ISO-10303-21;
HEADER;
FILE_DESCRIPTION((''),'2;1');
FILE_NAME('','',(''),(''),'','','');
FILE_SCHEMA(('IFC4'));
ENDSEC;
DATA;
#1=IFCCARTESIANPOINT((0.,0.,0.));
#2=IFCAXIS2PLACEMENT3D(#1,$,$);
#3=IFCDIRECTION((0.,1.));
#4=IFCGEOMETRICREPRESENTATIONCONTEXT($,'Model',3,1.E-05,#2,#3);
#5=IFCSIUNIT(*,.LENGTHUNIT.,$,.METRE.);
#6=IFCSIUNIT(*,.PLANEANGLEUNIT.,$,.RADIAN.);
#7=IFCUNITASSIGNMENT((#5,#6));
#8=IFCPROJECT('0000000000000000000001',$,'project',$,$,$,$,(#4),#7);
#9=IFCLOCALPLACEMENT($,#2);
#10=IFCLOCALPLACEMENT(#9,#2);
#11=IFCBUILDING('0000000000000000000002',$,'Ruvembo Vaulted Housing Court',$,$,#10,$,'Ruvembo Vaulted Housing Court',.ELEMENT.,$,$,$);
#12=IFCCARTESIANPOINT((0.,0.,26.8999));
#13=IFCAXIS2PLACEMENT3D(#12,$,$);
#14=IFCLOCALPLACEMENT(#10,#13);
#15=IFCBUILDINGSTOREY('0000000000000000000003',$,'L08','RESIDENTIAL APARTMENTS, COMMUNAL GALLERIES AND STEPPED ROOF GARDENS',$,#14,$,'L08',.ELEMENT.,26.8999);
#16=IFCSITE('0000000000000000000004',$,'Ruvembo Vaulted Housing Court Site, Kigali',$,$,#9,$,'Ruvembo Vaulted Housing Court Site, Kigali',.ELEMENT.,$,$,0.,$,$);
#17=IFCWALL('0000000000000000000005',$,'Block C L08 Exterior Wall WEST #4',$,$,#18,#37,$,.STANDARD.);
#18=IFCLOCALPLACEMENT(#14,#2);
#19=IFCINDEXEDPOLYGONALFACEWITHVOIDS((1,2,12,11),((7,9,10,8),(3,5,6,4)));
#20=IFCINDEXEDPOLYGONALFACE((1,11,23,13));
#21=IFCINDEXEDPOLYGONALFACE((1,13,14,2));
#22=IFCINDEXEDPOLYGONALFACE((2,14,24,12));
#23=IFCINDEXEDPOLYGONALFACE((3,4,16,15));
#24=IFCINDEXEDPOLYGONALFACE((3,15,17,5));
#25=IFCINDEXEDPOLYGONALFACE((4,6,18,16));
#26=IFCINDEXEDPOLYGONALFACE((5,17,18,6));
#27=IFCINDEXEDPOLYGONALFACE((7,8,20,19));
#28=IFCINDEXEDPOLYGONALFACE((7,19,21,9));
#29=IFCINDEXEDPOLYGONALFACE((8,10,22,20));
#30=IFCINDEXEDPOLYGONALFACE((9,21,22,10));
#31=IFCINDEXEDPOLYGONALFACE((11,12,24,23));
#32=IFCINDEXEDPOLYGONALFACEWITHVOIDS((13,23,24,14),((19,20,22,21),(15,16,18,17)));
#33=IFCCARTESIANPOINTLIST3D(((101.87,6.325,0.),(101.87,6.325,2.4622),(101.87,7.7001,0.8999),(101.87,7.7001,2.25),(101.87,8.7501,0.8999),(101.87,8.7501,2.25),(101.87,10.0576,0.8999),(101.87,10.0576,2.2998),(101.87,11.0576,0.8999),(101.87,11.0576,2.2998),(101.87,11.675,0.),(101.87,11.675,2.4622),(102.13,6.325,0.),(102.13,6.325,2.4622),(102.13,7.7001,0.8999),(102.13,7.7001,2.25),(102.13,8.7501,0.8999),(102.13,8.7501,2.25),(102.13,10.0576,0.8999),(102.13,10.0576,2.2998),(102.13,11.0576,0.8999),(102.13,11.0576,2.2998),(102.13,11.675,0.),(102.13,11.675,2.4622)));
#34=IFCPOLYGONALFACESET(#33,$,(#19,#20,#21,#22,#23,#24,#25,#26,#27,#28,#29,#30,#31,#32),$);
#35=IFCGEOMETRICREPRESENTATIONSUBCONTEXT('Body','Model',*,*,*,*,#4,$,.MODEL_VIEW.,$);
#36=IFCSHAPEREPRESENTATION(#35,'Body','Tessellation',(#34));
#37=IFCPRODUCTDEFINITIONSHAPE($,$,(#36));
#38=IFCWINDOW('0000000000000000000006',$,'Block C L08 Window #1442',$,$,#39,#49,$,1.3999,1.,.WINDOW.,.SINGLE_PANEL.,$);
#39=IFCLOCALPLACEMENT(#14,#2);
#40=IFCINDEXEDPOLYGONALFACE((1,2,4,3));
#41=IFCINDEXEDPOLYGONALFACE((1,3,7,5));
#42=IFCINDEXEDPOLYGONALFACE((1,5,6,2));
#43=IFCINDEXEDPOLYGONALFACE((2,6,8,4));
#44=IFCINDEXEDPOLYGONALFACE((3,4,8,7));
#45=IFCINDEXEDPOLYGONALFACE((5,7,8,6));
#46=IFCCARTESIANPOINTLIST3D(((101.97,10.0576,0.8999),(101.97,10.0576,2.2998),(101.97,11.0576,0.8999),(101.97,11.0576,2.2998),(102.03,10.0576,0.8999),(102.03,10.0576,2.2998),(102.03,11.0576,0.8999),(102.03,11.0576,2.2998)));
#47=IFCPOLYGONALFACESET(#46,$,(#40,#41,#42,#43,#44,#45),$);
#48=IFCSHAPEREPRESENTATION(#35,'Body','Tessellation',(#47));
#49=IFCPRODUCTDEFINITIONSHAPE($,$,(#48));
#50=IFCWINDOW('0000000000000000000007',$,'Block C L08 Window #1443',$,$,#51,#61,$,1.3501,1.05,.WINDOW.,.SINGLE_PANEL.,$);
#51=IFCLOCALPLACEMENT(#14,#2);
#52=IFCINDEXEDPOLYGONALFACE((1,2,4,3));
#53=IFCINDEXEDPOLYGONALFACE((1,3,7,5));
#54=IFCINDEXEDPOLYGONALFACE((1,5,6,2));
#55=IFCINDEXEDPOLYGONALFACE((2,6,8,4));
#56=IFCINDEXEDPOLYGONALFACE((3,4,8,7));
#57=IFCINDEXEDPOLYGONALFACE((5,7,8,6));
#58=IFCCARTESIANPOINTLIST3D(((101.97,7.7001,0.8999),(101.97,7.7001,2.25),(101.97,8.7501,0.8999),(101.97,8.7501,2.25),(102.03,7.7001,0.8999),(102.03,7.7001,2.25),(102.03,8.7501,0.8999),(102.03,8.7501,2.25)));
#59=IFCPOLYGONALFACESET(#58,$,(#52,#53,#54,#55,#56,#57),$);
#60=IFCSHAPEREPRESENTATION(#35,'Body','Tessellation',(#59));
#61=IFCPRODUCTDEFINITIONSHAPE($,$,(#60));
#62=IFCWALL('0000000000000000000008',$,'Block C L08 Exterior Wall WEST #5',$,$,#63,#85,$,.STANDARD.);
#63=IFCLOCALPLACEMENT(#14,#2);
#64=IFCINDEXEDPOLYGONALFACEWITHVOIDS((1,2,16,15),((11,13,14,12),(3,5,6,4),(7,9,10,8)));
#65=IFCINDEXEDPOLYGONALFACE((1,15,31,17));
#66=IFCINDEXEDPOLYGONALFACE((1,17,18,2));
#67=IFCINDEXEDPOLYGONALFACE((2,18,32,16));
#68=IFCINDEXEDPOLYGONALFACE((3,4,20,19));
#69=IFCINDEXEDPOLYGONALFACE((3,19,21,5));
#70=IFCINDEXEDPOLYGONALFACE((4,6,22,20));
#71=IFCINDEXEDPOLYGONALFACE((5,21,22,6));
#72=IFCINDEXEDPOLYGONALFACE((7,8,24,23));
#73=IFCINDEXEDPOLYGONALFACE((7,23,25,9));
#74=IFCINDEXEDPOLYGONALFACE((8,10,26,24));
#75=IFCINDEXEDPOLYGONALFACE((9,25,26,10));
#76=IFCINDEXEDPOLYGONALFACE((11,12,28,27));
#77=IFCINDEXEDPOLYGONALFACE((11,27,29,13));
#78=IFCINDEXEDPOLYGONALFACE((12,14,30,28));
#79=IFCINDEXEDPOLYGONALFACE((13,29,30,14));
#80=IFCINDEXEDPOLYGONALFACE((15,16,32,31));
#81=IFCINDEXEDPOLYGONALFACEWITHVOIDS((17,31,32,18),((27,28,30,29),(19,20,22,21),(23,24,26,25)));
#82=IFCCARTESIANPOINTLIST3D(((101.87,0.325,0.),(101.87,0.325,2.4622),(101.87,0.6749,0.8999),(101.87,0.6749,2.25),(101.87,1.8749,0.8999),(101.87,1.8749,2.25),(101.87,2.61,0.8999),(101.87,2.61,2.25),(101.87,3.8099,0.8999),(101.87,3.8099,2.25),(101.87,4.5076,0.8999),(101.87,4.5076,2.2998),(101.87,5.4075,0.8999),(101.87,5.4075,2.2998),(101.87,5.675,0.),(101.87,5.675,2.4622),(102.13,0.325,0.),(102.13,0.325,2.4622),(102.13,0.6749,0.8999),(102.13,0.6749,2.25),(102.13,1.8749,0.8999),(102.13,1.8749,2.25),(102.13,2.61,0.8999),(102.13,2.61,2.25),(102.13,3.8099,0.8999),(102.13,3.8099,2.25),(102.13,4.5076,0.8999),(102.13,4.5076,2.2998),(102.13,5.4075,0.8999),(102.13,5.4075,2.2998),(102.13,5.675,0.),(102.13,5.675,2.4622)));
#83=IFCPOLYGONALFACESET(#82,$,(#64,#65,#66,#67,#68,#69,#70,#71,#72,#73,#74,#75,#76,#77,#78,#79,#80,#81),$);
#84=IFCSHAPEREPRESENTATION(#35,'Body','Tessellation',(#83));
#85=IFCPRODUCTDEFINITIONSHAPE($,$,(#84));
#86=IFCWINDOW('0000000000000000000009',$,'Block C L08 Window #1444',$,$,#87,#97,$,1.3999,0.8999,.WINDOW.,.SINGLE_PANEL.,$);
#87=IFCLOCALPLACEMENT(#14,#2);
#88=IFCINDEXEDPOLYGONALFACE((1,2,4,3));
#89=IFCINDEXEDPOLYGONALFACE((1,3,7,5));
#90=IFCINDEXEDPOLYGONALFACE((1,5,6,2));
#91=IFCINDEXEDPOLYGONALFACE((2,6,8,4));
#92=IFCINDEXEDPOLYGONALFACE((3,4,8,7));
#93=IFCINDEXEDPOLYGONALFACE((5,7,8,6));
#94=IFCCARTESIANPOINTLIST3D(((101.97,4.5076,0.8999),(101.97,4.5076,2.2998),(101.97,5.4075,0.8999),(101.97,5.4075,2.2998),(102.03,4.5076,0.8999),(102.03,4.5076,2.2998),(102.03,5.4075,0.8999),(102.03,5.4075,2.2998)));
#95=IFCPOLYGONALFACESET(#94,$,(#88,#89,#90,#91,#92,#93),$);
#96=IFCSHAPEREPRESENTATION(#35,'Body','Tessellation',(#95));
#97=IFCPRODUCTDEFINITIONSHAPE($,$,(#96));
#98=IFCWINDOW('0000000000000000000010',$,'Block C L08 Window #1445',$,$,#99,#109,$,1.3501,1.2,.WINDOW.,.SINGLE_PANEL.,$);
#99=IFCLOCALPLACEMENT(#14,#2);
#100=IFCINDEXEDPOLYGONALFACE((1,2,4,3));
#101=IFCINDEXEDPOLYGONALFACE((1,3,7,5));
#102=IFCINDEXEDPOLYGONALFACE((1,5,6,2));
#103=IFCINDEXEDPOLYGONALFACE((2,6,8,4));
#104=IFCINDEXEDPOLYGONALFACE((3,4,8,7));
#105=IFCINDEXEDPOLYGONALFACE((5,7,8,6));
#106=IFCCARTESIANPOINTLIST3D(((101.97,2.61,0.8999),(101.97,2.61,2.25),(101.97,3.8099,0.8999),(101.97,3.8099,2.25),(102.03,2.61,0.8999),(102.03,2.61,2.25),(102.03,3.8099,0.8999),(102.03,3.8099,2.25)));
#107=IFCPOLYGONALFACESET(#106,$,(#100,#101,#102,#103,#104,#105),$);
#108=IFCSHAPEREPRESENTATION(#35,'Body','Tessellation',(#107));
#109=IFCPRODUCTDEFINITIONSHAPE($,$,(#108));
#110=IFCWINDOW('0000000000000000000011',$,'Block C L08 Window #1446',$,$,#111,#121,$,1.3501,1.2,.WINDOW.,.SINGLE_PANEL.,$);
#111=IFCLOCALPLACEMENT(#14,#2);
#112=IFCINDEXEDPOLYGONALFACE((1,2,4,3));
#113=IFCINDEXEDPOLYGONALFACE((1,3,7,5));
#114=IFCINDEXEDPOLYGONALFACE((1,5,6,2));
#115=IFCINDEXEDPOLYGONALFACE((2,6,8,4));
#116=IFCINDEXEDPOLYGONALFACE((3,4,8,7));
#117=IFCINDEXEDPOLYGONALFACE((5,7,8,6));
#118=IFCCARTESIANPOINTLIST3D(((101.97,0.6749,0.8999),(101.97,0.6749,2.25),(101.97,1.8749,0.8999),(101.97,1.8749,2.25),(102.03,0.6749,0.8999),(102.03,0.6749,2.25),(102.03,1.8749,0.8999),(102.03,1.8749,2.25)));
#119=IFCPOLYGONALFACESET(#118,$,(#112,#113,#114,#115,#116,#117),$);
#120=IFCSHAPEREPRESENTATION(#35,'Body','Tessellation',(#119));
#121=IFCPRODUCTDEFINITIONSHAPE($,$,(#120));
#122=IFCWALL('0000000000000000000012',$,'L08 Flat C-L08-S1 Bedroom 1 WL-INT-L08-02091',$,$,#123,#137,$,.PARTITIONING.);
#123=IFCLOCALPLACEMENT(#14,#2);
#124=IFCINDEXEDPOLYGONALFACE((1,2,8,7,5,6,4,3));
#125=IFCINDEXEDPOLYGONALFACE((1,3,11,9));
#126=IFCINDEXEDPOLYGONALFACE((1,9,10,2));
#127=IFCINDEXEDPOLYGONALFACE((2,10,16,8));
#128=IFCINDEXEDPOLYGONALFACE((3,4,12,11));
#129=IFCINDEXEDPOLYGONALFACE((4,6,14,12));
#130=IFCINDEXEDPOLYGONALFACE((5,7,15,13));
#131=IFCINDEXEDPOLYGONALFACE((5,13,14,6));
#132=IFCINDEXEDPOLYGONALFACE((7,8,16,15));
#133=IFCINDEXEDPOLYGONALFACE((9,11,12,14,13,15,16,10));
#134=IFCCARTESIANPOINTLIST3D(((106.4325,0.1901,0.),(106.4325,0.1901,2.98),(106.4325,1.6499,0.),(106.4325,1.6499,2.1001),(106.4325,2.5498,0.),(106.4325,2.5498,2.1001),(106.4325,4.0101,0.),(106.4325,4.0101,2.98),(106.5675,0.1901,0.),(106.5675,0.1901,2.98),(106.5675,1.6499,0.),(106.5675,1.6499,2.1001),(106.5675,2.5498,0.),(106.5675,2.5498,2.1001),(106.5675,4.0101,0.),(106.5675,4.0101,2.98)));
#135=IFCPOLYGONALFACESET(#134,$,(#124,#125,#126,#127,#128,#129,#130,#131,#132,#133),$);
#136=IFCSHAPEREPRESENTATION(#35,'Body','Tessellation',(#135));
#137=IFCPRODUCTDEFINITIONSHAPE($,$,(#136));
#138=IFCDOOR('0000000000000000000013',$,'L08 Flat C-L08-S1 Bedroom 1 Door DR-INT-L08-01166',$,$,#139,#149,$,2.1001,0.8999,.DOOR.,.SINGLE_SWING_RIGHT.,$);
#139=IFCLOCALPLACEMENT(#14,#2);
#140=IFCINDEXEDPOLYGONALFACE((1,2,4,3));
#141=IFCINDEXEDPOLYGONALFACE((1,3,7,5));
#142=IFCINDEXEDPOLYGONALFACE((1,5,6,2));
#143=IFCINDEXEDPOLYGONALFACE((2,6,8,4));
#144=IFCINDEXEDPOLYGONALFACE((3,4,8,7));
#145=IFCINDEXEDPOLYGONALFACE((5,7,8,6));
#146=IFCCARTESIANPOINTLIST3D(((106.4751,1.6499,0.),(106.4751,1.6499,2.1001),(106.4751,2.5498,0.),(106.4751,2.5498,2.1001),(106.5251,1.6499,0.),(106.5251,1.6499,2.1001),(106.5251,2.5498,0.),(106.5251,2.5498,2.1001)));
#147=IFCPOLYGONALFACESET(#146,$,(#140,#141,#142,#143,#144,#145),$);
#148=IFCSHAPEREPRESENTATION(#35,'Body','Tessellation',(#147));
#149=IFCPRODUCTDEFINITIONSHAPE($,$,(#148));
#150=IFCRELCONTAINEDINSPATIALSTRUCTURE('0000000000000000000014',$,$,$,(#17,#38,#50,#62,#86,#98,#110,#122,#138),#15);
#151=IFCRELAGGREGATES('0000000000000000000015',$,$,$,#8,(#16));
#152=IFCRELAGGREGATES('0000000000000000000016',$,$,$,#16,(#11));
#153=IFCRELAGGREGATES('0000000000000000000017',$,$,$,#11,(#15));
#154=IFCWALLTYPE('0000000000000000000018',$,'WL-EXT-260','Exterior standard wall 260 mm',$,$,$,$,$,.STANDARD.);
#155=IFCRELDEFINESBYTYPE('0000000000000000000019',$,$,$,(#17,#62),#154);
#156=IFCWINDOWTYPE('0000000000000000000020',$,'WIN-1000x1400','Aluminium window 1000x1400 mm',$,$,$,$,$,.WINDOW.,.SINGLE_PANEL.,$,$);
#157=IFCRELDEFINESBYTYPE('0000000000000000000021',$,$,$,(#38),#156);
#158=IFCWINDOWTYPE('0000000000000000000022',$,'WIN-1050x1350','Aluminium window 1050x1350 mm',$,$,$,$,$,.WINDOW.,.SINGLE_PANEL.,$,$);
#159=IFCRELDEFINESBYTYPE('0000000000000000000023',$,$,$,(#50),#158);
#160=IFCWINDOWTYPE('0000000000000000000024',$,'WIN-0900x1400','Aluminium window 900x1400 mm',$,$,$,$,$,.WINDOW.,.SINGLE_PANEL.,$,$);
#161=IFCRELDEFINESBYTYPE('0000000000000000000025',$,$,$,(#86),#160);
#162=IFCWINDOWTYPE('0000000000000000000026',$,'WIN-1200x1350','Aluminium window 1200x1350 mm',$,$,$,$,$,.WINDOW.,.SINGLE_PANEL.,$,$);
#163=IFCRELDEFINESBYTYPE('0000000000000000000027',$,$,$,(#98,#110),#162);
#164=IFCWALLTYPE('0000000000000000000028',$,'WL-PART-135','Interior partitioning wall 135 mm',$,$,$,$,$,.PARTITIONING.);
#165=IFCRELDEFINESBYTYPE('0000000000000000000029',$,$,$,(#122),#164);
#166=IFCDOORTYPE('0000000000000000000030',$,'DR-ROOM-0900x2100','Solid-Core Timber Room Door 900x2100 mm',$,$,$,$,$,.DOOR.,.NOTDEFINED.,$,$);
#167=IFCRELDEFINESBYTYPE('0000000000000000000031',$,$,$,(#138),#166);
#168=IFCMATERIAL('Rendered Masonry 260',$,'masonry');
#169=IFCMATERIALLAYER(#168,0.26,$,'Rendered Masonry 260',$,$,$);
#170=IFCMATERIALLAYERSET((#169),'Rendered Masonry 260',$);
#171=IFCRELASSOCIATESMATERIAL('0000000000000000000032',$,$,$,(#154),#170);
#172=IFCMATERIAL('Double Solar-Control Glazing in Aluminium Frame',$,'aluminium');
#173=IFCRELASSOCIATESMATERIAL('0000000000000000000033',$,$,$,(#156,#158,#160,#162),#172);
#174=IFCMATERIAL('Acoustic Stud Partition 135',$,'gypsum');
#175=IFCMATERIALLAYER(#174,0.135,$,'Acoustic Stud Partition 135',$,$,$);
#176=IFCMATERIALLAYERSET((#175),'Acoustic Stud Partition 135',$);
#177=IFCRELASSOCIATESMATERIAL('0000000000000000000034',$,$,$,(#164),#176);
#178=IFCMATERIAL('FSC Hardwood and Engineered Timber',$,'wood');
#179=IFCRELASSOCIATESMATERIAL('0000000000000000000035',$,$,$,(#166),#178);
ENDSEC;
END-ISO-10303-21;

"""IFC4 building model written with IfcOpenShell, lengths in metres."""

from ifc_helpers import new_model, si_unit, direction, frame, frame_2d, origin, place, context, subcontext, project, spatial, rectangle, extrude, material, layer, layer_set, type_object, element, fill, save


model = new_model("IFC4")

# Units and contexts
model_context = context("Model", 3, precision=1e-05, world=origin(), true_north=direction((0.0, 1.0)))
body_context = subcontext(model_context, "Body", "Model", "MODEL_VIEW")
ifc_project = project(units=[si_unit("LENGTHUNIT", "METRE"), si_unit("PLANEANGLEUNIT", "RADIAN")], contexts=[model_context])

# Site, building, storey
site_placement = place(None, origin())
site = spatial("IfcSite", under=ifc_project, at=site_placement, Name="Ruvembo Vaulted Housing Court Site, Kigali", LongName="Ruvembo Vaulted Housing Court Site, Kigali", CompositionType="ELEMENT", RefElevation=0.0)
building_placement = place(site_placement, origin())
building = spatial("IfcBuilding", under=site, at=building_placement, Name="Ruvembo Vaulted Housing Court", LongName="Ruvembo Vaulted Housing Court", CompositionType="ELEMENT")
storey_placement = place(building_placement, frame((0.0, 0.0, 26.8999)))
storey = spatial("IfcBuildingStorey", under=building, at=storey_placement, Name="L08", Description="RESIDENTIAL APARTMENTS, COMMUNAL GALLERIES AND STEPPED ROOF GARDENS", LongName="L08", CompositionType="ELEMENT", Elevation=26.8999)

# Shared definitions
ifc_material_1 = material(Name="FSC Hardwood and Engineered Timber", Category="wood")

# Walls, openings, windows
ifc_material_2 = material(Name="Rendered Masonry 260", Category="masonry")
ifc_layer_1 = layer(ifc_material_2, 0.26, Name="Rendered Masonry 260")
ifc_layer_set_1 = layer_set([ifc_layer_1], Name="Rendered Masonry 260")
wall_type_1 = type_object("IfcWallType", Name="WL-EXT-260", Description="Exterior standard wall 260 mm", PredefinedType="STANDARD", material=ifc_layer_set_1)
ifc_material_3 = material(Name="Double Solar-Control Glazing in Aluminium Frame", Category="aluminium")
window_type_1 = type_object("IfcWindowType", Name="WIN-1000x1400", Description="Aluminium window 1000x1400 mm", PartitioningType="SINGLE_PANEL", PredefinedType="WINDOW", material=ifc_material_3)
wall_1_placement = place(storey_placement, frame((102.0, 11.675, 0.0), z_axis=(0.0, 0.0, 1.0), x_axis=(0.0, -1.0, 0.0)))
wall_1 = element("IfcWall", 1, at=wall_1_placement, inside=storey, type_object=wall_type_1, Name="Block C L08 Exterior Wall WEST #4", PredefinedType="STANDARD", context=body_context, shape_type="SweptSolid", body=[
    extrude(rectangle(XDim=5.3501, YDim=0.26, at=frame_2d((2.675, 0.0))), origin(), (0.0, 0.0, 1.0), 2.4622),
])
opening_1_placement = place(wall_1_placement, frame((0.6174, 0.0, 0.8999)))
opening_1 = element("IfcOpeningElement", 2, at=opening_1_placement, cuts=wall_1, PredefinedType="OPENING", context=body_context, shape_type="SweptSolid", body=[
    extrude(rectangle(XDim=1.0, YDim=1.3999, at=frame_2d((0.5, 0.7))), frame((0.0, 0.1399, 0.0), z_axis=(0.0, -1.0, 0.0), x_axis=(1.0, 0.0, 0.0)), (0.0, 0.0, 1.0), 0.28),
])
opening_2_placement = place(wall_1_placement, frame((2.925, 0.0, 0.8999)))
opening_2 = element("IfcOpeningElement", 3, at=opening_2_placement, cuts=wall_1, PredefinedType="OPENING", context=body_context, shape_type="SweptSolid", body=[
    extrude(rectangle(XDim=1.05, YDim=1.3501, at=frame_2d((0.5249, 0.675))), frame((0.0, 0.1399, 0.0), z_axis=(0.0, -1.0, 0.0), x_axis=(1.0, 0.0, 0.0)), (0.0, 0.0, 1.0), 0.28),
])
window_1_placement = place(opening_1_placement, origin())
window_1 = element("IfcWindow", 4, at=window_1_placement, inside=storey, type_object=window_type_1, Name="Block C L08 Window #1442", OverallHeight=1.3999, OverallWidth=1.0, PartitioningType="SINGLE_PANEL", PredefinedType="WINDOW", context=body_context, shape_type="SweptSolid", body=[
    extrude(rectangle(XDim=1.0, YDim=1.3999, at=frame_2d((0.5, 0.7))), frame((0.0, 0.03, 0.0), z_axis=(0.0, -1.0, 0.0), x_axis=(1.0, 0.0, 0.0)), (0.0, 0.0, 1.0), 0.0601),
])
fill(opening_1, window_1)
window_type_2 = type_object("IfcWindowType", Name="WIN-1050x1350", Description="Aluminium window 1050x1350 mm", PartitioningType="SINGLE_PANEL", PredefinedType="WINDOW", material=ifc_material_3)
window_2_placement = place(opening_2_placement, origin())
window_2 = element("IfcWindow", 5, at=window_2_placement, inside=storey, type_object=window_type_2, Name="Block C L08 Window #1443", OverallHeight=1.3501, OverallWidth=1.05, PartitioningType="SINGLE_PANEL", PredefinedType="WINDOW", context=body_context, shape_type="SweptSolid", body=[
    extrude(rectangle(XDim=1.05, YDim=1.3501, at=frame_2d((0.5249, 0.675))), frame((0.0, 0.03, 0.0), z_axis=(0.0, -1.0, 0.0), x_axis=(1.0, 0.0, 0.0)), (0.0, 0.0, 1.0), 0.0601),
])
fill(opening_2, window_2)
wall_2_placement = place(storey_placement, frame((102.0, 5.675, 0.0), z_axis=(0.0, 0.0, 1.0), x_axis=(0.0, -1.0, 0.0)))
wall_2 = element("IfcWall", 6, at=wall_2_placement, inside=storey, type_object=wall_type_1, Name="Block C L08 Exterior Wall WEST #5", PredefinedType="STANDARD", context=body_context, shape_type="SweptSolid", body=[
    extrude(rectangle(XDim=5.3501, YDim=0.26, at=frame_2d((2.675, 0.0))), origin(), (0.0, 0.0, 1.0), 2.4622),
])
opening_3_placement = place(wall_2_placement, frame((0.2676, 0.0, 0.8999)))
opening_3 = element("IfcOpeningElement", 7, at=opening_3_placement, cuts=wall_2, PredefinedType="OPENING", context=body_context, shape_type="SweptSolid", body=[
    extrude(rectangle(XDim=0.8999, YDim=1.3999, at=frame_2d((0.45, 0.7))), frame((0.0, 0.1399, 0.0), z_axis=(0.0, -1.0, 0.0), x_axis=(1.0, 0.0, 0.0)), (0.0, 0.0, 1.0), 0.28),
])
opening_4_placement = place(wall_2_placement, frame((1.865, 0.0, 0.8999)))
opening_4 = element("IfcOpeningElement", 8, at=opening_4_placement, cuts=wall_2, PredefinedType="OPENING", context=body_context, shape_type="SweptSolid", body=[
    extrude(rectangle(XDim=1.2, YDim=1.3501, at=frame_2d((0.6001, 0.675))), frame((0.0, 0.1399, 0.0), z_axis=(0.0, -1.0, 0.0), x_axis=(1.0, 0.0, 0.0)), (0.0, 0.0, 1.0), 0.28),
])
opening_5_placement = place(wall_2_placement, frame((3.8, 0.0, 0.8999)))
opening_5 = element("IfcOpeningElement", 9, at=opening_5_placement, cuts=wall_2, PredefinedType="OPENING", context=body_context, shape_type="SweptSolid", body=[
    extrude(rectangle(XDim=1.2, YDim=1.3501, at=frame_2d((0.6001, 0.675))), frame((0.0, 0.1399, 0.0), z_axis=(0.0, -1.0, 0.0), x_axis=(1.0, 0.0, 0.0)), (0.0, 0.0, 1.0), 0.28),
])
window_type_3 = type_object("IfcWindowType", Name="WIN-0900x1400", Description="Aluminium window 900x1400 mm", PartitioningType="SINGLE_PANEL", PredefinedType="WINDOW", material=ifc_material_3)
window_3_placement = place(opening_3_placement, origin())
window_3 = element("IfcWindow", 10, at=window_3_placement, inside=storey, type_object=window_type_3, Name="Block C L08 Window #1444", OverallHeight=1.3999, OverallWidth=0.8999, PartitioningType="SINGLE_PANEL", PredefinedType="WINDOW", context=body_context, shape_type="SweptSolid", body=[
    extrude(rectangle(XDim=0.8999, YDim=1.3999, at=frame_2d((0.45, 0.7))), frame((0.0, 0.03, 0.0), z_axis=(0.0, -1.0, 0.0), x_axis=(1.0, 0.0, 0.0)), (0.0, 0.0, 1.0), 0.0601),
])
fill(opening_3, window_3)
window_type_4 = type_object("IfcWindowType", Name="WIN-1200x1350", Description="Aluminium window 1200x1350 mm", PartitioningType="SINGLE_PANEL", PredefinedType="WINDOW", material=ifc_material_3)
window_4_placement = place(opening_4_placement, origin())
window_4 = element("IfcWindow", 11, at=window_4_placement, inside=storey, type_object=window_type_4, Name="Block C L08 Window #1445", OverallHeight=1.3501, OverallWidth=1.2, PartitioningType="SINGLE_PANEL", PredefinedType="WINDOW", context=body_context, shape_type="SweptSolid", body=[
    extrude(rectangle(XDim=1.2, YDim=1.3501, at=frame_2d((0.6001, 0.675))), frame((0.0, 0.03, 0.0), z_axis=(0.0, -1.0, 0.0), x_axis=(1.0, 0.0, 0.0)), (0.0, 0.0, 1.0), 0.0601),
])
fill(opening_4, window_4)
window_5_placement = place(opening_5_placement, origin())
window_5 = element("IfcWindow", 12, at=window_5_placement, inside=storey, type_object=window_type_4, Name="Block C L08 Window #1446", OverallHeight=1.3501, OverallWidth=1.2, PartitioningType="SINGLE_PANEL", PredefinedType="WINDOW", context=body_context, shape_type="SweptSolid", body=[
    extrude(rectangle(XDim=1.2, YDim=1.3501, at=frame_2d((0.6001, 0.675))), frame((0.0, 0.03, 0.0), z_axis=(0.0, -1.0, 0.0), x_axis=(1.0, 0.0, 0.0)), (0.0, 0.0, 1.0), 0.0601),
])
fill(opening_5, window_5)

# Wall, opening, door
ifc_material_4 = material(Name="Acoustic Stud Partition 135", Category="gypsum")
ifc_layer_2 = layer(ifc_material_4, 0.135, Name="Acoustic Stud Partition 135")
ifc_layer_set_2 = layer_set([ifc_layer_2], Name="Acoustic Stud Partition 135")
wall_type_2 = type_object("IfcWallType", Name="WL-PART-135", Description="Interior partitioning wall 135 mm", PredefinedType="PARTITIONING", material=ifc_layer_set_2)
wall_3_placement = place(storey_placement, frame((106.5, 0.1899, 0.0), z_axis=(0.0, 0.0, 1.0), x_axis=(0.0, 1.0, 0.0)))
wall_3 = element("IfcWall", 13, at=wall_3_placement, inside=storey, type_object=wall_type_2, Name="L08 Flat C-L08-S1 Bedroom 1 WL-INT-L08-02091", PredefinedType="PARTITIONING", context=body_context, shape_type="SweptSolid", body=[
    extrude(rectangle(XDim=3.8201, YDim=0.135, at=frame_2d((1.9102, 0.0))), origin(), (0.0, 0.0, 1.0), 2.98),
])
opening_6_placement = place(wall_3_placement, frame((1.46, 0.0, 0.0)))
opening_6 = element("IfcOpeningElement", 14, at=opening_6_placement, cuts=wall_3, PredefinedType="OPENING", context=body_context, shape_type="SweptSolid", body=[
    extrude(rectangle(XDim=0.8999, YDim=2.1001, at=frame_2d((0.45, 1.05))), frame((0.0, 0.0774, 0.0), z_axis=(0.0, -1.0, 0.0), x_axis=(1.0, 0.0, 0.0)), (0.0, 0.0, 1.0), 0.155),
])
door_type_1 = type_object("IfcDoorType", Name="DR-ROOM-0900x2100", Description="Solid-Core Timber Room Door 900x2100 mm", OperationType="NOTDEFINED", PredefinedType="DOOR", material=ifc_material_1)
door_1_placement = place(opening_6_placement, origin())
door_1 = element("IfcDoor", 15, at=door_1_placement, inside=storey, type_object=door_type_1, Name="L08 Flat C-L08-S1 Bedroom 1 Door DR-INT-L08-01166", OperationType="SINGLE_SWING_RIGHT", OverallHeight=2.1001, OverallWidth=0.8999, PredefinedType="DOOR", context=body_context, shape_type="SweptSolid", body=[
    extrude(rectangle(XDim=0.8999, YDim=2.1001, at=frame_2d((0.45, 1.05))), frame((0.0, 0.0249, 0.0), z_axis=(0.0, -1.0, 0.0), x_axis=(1.0, 0.0, 0.0)), (0.0, 0.0, 1.0), 0.05),
])
fill(opening_6, door_1)

save(model, "model.ifc")
